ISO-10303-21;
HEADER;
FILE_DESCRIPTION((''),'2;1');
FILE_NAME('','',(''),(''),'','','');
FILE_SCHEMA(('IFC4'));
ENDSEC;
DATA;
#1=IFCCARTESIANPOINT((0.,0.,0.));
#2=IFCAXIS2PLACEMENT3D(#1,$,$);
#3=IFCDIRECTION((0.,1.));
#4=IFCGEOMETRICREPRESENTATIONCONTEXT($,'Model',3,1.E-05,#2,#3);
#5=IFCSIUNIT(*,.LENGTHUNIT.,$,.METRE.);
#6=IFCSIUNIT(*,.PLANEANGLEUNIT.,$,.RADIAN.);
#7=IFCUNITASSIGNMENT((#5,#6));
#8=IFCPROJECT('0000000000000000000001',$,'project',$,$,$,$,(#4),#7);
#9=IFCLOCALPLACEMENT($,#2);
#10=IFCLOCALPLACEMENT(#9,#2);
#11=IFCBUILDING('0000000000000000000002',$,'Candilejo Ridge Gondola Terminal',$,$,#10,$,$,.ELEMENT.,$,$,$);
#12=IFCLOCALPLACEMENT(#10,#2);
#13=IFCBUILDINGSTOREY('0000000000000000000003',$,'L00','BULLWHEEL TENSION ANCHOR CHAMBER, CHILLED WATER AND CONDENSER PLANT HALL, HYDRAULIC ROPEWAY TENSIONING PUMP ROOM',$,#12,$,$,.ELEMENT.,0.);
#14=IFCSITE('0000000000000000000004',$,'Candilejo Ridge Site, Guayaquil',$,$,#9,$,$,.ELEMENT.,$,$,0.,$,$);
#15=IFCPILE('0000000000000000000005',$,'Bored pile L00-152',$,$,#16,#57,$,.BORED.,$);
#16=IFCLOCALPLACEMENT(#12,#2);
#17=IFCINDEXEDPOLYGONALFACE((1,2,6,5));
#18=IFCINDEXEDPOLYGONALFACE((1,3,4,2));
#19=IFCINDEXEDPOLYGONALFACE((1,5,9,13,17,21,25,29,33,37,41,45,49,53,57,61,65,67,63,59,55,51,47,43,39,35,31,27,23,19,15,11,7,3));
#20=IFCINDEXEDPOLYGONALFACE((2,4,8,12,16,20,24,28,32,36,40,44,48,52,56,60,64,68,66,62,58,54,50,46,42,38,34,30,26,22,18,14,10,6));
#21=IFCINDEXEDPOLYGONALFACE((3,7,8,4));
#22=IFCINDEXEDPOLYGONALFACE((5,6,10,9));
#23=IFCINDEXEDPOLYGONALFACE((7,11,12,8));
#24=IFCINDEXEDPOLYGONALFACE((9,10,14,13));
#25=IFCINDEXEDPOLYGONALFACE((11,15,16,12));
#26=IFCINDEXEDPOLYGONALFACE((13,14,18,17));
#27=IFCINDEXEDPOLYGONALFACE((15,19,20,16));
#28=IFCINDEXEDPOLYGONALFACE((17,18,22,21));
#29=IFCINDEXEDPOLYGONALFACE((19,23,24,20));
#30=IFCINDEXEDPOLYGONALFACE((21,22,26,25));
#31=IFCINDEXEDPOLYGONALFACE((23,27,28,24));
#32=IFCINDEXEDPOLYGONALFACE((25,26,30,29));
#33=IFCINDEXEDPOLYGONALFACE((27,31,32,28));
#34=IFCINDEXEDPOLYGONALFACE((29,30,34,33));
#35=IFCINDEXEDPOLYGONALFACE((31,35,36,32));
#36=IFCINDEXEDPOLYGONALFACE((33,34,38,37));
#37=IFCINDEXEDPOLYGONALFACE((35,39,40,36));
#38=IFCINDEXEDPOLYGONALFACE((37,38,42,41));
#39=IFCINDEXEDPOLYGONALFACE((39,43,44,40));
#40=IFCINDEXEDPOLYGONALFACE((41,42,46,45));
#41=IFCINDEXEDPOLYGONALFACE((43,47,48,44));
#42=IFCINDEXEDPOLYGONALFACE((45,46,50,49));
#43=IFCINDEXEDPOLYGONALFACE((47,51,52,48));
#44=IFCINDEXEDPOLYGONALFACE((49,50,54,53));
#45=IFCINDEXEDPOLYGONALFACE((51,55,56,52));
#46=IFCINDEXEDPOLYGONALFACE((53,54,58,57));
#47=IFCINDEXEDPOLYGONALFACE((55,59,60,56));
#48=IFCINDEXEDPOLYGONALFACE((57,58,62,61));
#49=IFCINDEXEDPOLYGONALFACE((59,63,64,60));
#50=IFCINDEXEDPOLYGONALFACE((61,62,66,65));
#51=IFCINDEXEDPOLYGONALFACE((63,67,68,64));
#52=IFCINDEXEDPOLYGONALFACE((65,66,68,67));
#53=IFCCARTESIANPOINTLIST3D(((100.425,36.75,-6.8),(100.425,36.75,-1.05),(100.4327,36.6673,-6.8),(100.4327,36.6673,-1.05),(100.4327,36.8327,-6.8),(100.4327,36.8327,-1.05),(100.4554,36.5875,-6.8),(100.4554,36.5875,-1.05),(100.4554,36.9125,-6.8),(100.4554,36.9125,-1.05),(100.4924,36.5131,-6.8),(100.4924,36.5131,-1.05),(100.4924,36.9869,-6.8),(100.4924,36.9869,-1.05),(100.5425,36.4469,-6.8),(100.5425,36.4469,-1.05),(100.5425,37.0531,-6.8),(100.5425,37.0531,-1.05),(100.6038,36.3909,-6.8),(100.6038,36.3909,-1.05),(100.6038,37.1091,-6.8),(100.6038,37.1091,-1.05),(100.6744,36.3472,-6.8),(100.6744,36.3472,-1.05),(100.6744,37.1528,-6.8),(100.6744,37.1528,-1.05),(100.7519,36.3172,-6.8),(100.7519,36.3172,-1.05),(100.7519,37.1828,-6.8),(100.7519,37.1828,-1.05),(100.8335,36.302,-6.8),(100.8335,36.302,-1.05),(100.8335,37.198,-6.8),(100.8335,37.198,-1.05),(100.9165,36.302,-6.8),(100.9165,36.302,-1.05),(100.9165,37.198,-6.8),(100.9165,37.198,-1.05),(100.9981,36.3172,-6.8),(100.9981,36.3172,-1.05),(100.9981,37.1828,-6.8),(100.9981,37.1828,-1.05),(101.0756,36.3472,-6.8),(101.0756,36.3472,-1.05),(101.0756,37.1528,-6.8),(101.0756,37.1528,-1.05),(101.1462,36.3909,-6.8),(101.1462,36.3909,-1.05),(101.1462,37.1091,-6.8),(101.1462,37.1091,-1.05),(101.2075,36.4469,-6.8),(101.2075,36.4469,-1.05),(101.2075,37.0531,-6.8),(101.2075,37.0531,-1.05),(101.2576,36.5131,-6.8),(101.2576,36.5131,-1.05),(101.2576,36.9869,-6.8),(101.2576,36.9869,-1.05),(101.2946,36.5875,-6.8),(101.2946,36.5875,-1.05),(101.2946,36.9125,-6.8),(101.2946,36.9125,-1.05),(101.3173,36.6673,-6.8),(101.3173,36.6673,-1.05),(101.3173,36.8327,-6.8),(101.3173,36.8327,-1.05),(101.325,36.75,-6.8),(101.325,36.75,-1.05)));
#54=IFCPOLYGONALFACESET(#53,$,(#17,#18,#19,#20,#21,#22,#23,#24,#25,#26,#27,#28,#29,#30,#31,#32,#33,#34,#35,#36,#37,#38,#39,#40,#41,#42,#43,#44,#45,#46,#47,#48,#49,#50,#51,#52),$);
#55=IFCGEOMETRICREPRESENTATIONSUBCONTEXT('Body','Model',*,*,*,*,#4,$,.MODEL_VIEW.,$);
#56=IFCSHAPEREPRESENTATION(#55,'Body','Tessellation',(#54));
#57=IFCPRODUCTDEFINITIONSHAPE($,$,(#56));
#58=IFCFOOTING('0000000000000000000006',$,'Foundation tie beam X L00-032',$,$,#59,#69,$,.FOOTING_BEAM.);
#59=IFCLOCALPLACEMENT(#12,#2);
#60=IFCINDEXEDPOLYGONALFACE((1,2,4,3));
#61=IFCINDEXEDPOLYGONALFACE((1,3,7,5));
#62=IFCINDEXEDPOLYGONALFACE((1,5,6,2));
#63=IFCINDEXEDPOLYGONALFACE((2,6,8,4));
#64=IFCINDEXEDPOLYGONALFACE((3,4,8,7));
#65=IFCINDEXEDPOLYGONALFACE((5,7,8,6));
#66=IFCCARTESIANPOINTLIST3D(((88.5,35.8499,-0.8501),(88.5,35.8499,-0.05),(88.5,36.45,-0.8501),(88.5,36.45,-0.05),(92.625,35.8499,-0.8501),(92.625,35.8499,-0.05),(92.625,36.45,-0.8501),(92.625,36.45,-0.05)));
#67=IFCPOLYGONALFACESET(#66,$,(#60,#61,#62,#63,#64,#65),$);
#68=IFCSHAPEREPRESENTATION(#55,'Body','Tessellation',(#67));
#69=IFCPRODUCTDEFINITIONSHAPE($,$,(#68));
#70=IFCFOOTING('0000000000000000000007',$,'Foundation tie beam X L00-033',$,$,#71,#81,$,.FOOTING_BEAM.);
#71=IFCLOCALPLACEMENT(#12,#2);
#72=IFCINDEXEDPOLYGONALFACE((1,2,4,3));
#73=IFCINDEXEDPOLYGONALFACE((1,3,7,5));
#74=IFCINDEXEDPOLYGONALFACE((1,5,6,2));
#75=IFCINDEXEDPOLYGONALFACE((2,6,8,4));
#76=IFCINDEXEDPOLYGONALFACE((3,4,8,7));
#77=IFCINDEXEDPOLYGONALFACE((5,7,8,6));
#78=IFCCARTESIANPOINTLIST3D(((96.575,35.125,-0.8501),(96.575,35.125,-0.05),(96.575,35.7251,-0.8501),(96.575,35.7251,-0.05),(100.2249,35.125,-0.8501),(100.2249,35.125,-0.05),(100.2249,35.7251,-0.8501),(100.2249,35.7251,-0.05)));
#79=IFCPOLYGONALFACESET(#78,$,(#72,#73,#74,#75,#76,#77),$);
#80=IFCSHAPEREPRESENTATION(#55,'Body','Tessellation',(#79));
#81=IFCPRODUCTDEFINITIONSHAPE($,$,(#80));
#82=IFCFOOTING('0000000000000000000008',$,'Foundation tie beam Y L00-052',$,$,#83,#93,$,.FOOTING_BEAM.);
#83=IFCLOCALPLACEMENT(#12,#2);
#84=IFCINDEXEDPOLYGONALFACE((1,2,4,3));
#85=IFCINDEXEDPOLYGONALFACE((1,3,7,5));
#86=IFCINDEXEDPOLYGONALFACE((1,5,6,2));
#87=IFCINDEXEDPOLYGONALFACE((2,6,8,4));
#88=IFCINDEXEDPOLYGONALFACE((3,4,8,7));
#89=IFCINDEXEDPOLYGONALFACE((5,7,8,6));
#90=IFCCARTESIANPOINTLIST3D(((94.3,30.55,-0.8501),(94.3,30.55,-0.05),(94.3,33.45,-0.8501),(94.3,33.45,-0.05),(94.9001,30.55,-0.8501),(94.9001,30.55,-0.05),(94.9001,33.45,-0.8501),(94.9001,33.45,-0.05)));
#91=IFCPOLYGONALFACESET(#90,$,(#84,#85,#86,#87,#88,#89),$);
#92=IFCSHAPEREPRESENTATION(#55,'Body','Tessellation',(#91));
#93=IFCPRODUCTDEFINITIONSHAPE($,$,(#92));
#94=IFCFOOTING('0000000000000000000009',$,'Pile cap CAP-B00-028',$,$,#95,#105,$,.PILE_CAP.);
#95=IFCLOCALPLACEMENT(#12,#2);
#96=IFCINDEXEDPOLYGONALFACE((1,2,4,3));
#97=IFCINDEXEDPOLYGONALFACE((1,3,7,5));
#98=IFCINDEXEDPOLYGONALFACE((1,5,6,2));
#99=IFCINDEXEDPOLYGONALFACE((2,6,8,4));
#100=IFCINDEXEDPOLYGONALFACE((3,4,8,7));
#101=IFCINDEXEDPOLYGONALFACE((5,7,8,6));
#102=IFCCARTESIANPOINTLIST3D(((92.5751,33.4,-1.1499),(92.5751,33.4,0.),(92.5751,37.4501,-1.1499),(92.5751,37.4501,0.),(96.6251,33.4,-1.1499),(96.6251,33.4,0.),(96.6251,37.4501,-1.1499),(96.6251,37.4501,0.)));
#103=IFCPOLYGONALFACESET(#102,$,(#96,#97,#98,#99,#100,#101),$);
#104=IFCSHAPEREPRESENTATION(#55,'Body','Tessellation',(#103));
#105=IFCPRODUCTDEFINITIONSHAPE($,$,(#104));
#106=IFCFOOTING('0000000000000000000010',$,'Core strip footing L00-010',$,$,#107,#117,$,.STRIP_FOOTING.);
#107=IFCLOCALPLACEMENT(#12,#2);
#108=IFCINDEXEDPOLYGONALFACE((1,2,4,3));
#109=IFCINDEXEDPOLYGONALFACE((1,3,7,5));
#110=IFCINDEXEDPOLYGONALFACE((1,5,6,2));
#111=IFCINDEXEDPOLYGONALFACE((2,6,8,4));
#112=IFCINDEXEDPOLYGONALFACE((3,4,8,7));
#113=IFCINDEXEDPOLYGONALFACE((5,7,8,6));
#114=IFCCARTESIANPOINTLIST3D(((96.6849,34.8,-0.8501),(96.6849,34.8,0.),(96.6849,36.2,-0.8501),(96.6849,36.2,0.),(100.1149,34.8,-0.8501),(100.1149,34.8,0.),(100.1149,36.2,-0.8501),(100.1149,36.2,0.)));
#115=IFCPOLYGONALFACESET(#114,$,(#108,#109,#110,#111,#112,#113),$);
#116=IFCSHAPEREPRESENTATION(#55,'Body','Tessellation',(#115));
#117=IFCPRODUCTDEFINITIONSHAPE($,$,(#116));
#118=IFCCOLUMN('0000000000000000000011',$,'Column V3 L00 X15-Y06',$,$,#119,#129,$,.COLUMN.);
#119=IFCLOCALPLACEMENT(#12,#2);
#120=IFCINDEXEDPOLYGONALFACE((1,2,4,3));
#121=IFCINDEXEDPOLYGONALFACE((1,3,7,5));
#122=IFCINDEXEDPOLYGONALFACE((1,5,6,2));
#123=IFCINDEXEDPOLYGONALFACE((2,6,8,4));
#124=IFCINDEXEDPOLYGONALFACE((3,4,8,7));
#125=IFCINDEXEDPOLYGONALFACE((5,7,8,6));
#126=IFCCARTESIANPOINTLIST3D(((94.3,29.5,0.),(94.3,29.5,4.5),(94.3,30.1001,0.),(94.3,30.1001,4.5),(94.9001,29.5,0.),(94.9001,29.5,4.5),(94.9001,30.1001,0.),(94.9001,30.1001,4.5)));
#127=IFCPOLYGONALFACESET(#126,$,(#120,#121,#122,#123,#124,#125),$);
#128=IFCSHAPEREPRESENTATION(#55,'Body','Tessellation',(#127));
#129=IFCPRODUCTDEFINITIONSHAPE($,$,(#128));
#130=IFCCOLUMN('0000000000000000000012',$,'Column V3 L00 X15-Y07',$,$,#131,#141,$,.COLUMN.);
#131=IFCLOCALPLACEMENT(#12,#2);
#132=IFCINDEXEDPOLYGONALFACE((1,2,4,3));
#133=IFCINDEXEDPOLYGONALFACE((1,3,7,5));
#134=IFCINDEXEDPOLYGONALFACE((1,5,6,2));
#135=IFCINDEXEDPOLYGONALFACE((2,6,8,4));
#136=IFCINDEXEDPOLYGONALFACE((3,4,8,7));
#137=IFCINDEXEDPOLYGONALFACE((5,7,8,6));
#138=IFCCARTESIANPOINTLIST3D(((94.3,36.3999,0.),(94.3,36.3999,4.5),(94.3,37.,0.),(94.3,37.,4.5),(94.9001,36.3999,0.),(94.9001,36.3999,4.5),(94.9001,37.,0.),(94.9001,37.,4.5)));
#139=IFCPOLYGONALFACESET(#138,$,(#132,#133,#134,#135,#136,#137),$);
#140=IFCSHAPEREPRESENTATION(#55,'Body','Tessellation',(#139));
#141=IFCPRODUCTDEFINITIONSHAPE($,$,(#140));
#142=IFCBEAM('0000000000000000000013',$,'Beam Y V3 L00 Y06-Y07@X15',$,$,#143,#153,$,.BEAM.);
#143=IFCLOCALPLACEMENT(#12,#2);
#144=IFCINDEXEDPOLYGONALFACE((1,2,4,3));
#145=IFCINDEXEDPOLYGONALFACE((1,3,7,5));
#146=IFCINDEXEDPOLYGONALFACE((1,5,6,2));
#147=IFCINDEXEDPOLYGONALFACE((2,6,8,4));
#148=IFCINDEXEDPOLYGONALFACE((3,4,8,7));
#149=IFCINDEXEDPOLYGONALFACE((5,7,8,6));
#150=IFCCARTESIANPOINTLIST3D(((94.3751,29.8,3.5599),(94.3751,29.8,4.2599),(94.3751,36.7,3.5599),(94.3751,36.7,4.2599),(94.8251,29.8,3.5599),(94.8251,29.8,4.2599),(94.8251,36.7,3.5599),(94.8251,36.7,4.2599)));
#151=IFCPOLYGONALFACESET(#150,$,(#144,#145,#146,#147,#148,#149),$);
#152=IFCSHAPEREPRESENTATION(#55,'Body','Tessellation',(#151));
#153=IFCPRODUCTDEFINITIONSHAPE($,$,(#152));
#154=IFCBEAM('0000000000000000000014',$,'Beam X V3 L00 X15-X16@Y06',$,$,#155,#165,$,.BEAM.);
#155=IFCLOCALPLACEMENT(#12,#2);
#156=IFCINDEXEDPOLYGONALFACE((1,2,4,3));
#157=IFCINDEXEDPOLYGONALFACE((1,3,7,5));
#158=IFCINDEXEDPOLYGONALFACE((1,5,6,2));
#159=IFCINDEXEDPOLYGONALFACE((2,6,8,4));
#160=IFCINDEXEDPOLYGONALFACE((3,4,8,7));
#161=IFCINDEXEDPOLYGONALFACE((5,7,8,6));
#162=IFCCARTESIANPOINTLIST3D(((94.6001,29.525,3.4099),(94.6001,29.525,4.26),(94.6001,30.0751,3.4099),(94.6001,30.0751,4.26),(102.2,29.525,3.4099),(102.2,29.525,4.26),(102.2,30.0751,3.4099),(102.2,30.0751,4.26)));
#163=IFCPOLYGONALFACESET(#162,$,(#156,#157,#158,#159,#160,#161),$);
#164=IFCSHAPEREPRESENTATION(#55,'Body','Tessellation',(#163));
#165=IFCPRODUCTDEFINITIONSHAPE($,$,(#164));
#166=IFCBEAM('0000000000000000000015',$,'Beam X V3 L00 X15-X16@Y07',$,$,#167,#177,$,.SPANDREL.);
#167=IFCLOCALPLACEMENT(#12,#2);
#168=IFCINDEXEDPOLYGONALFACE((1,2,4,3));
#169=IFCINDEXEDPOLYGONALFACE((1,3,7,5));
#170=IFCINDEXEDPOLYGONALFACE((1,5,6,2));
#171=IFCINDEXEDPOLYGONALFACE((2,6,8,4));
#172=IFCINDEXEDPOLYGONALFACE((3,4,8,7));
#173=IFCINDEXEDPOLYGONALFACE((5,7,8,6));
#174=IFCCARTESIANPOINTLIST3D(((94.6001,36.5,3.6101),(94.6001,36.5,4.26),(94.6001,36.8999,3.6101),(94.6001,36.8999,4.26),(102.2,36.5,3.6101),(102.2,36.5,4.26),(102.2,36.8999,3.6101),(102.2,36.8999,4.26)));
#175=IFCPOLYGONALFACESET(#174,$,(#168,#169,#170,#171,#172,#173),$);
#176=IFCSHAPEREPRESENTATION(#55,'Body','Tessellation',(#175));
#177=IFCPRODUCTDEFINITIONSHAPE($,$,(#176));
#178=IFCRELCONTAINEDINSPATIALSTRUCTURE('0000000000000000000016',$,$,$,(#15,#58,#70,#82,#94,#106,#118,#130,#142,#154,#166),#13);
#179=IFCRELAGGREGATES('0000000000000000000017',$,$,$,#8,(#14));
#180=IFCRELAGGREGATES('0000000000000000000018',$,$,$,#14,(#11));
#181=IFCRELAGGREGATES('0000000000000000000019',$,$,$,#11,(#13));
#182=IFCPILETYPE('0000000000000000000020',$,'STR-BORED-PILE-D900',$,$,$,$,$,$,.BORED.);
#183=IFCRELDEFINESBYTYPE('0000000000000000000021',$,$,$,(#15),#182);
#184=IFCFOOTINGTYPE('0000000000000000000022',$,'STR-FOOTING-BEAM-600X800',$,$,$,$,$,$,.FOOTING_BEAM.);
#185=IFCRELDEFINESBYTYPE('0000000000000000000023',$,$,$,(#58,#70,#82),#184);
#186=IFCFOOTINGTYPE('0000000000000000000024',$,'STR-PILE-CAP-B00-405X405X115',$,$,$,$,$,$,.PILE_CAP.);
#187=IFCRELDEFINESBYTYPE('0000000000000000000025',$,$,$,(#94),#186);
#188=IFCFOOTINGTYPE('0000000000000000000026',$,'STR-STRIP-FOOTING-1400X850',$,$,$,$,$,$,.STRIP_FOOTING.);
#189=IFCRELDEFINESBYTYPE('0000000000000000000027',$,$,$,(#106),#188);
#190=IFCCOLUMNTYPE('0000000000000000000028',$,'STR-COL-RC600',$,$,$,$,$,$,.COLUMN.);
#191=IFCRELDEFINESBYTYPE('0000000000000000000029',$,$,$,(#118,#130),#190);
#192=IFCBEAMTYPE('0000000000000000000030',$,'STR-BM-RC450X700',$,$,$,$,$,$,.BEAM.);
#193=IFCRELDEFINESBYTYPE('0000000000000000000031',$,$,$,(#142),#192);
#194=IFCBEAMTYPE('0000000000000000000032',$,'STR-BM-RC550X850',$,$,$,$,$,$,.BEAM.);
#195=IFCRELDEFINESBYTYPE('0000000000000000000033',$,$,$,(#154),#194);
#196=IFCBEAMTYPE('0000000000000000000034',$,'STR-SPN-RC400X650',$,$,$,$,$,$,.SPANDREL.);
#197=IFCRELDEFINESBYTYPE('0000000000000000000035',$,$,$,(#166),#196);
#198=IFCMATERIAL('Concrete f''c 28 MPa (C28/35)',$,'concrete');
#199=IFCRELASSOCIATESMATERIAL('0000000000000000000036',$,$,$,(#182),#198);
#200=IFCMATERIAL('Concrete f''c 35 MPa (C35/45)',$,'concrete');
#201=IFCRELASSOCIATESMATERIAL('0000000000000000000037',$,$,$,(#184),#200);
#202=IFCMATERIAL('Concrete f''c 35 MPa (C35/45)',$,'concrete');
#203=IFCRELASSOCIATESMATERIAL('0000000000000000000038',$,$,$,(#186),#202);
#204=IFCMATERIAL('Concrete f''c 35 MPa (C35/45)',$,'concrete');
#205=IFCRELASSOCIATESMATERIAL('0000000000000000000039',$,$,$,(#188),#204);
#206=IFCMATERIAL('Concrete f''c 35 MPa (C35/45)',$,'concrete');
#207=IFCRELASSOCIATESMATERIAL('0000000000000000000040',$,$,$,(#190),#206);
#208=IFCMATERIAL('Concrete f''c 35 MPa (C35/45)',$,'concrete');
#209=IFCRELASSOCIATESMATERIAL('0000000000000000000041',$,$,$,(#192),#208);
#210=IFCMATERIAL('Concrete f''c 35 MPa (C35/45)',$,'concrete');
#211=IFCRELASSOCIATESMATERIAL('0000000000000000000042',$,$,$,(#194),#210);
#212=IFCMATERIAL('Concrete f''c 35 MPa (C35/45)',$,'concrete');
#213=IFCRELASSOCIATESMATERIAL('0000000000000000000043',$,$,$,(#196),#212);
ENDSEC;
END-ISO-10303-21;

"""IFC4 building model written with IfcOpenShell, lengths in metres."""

from ifc_helpers import new_model, si_unit, direction, frame, origin, origin_2d, place, context, subcontext, project, spatial, rectangle, circle, extrude, material, material_profile, profile_set, type_object, element, save


model = new_model("IFC4")

# Units and contexts
model_context = context("Model", 3, precision=1e-05, world=origin(), true_north=direction((0.0, 1.0)))
body_context = subcontext(model_context, "Body", "Model", "MODEL_VIEW")
ifc_project = project(units=[si_unit("LENGTHUNIT", "METRE"), si_unit("PLANEANGLEUNIT", "RADIAN")], contexts=[model_context])

# Site, building, storey
site_placement = place(None, origin())
site = spatial("IfcSite", under=ifc_project, at=site_placement, Name="Candilejo Ridge Site, Guayaquil", CompositionType="ELEMENT", RefElevation=0.0)
building_placement = place(site_placement, origin())
building = spatial("IfcBuilding", under=site, at=building_placement, Name="Candilejo Ridge Gondola Terminal", CompositionType="ELEMENT")
storey_placement = place(building_placement, origin())
storey = spatial("IfcBuildingStorey", under=building, at=storey_placement, Name="L00", Description="BULLWHEEL TENSION ANCHOR CHAMBER, CHILLED WATER AND CONDENSER PLANT HALL, HYDRAULIC ROPEWAY TENSIONING PUMP ROOM", CompositionType="ELEMENT", Elevation=0.0)

# Pile
ifc_material_1 = material(Name="Concrete f'c 28 MPa (C28/35)", Category="concrete")
ifc_material_profile_1 = material_profile(ifc_material_1, circle(Radius=0.45, at=origin_2d()))
ifc_profile_set_1 = profile_set([ifc_material_profile_1], Name="Concrete f'c 28 MPa (C28/35)")
pile_type = type_object("IfcPileType", Name="STR-BORED-PILE-D900", PredefinedType="BORED", material=ifc_profile_set_1)
for number, where, z_axis, x_axis, name in (
    (1, (100.875, 36.75, -1.05), (0.0, 0.0, -1.0), (1.0, 0.0, 0.0), "Bored pile L00-152"),
):
    element("IfcPile", number, at=place(storey_placement, frame(where, z_axis=z_axis, x_axis=x_axis)), inside=storey, type_object=pile_type, Name=name, PredefinedType="BORED", context=body_context, shape_type="SweptSolid", body=[
        extrude(circle(Radius=0.45, at=origin_2d()), origin(), (0.0, 0.0, 1.0), 5.75),
    ])

# Footings
ifc_material_2 = material(Name="Concrete f'c 35 MPa (C35/45)", Category="concrete")
footing_type_1 = type_object("IfcFootingType", Name="STR-FOOTING-BEAM-600X800", PredefinedType="FOOTING_BEAM", material=ifc_material_2)
footing_1_placement = place(storey_placement, frame((90.5625, 36.1499, -0.8501), z_axis=(0.0, 0.0, 1.0), x_axis=(1.0, 0.0, 0.0)))
element("IfcFooting", 2, at=footing_1_placement, inside=storey, type_object=footing_type_1, Name="Foundation tie beam X L00-032", PredefinedType="FOOTING_BEAM", context=body_context, shape_type="SweptSolid", body=[
    extrude(rectangle(XDim=4.125, YDim=0.6001, at=origin_2d()), origin(), (0.0, 0.0, 1.0), 0.8),
])
footing_2_placement = place(storey_placement, frame((98.3999, 35.425, -0.8501), z_axis=(0.0, 0.0, 1.0), x_axis=(1.0, 0.0, 0.0)))
element("IfcFooting", 3, at=footing_2_placement, inside=storey, type_object=footing_type_1, Name="Foundation tie beam X L00-033", PredefinedType="FOOTING_BEAM", context=body_context, shape_type="SweptSolid", body=[
    extrude(rectangle(XDim=3.6499, YDim=0.6001, at=origin_2d()), origin(), (0.0, 0.0, 1.0), 0.8),
])
footing_3_placement = place(storey_placement, frame((94.6001, 32.0, -0.8501), z_axis=(0.0, 0.0, 1.0), x_axis=(1.0, 0.0, 0.0)))
element("IfcFooting", 4, at=footing_3_placement, inside=storey, type_object=footing_type_1, Name="Foundation tie beam Y L00-052", PredefinedType="FOOTING_BEAM", context=body_context, shape_type="SweptSolid", body=[
    extrude(rectangle(XDim=0.6001, YDim=2.8999, at=origin_2d()), origin(), (0.0, 0.0, 1.0), 0.8),
])
ifc_material_3 = material(Name="Concrete f'c 35 MPa (C35/45)", Category="concrete")
footing_type_2 = type_object("IfcFootingType", Name="STR-PILE-CAP-B00-405X405X115", PredefinedType="PILE_CAP", material=ifc_material_3)
footing_4_placement = place(storey_placement, frame((94.6001, 35.425, -1.1499), z_axis=(0.0, 0.0, 1.0), x_axis=(1.0, 0.0, 0.0)))
element("IfcFooting", 5, at=footing_4_placement, inside=storey, type_object=footing_type_2, Name="Pile cap CAP-B00-028", PredefinedType="PILE_CAP", context=body_context, shape_type="SweptSolid", body=[
    extrude(rectangle(XDim=4.05, YDim=4.05, at=origin_2d()), origin(), (0.0, 0.0, 1.0), 1.1499),
])
ifc_material_4 = material(Name="Concrete f'c 35 MPa (C35/45)", Category="concrete")
footing_type_3 = type_object("IfcFootingType", Name="STR-STRIP-FOOTING-1400X850", PredefinedType="STRIP_FOOTING", material=ifc_material_4)
footing_5_placement = place(storey_placement, frame((98.3999, 35.5, -0.8501), z_axis=(0.0, 0.0, 1.0), x_axis=(1.0, 0.0, 0.0)))
element("IfcFooting", 6, at=footing_5_placement, inside=storey, type_object=footing_type_3, Name="Core strip footing L00-010", PredefinedType="STRIP_FOOTING", context=body_context, shape_type="SweptSolid", body=[
    extrude(rectangle(XDim=3.4299, YDim=1.3999, at=origin_2d()), origin(), (0.0, 0.0, 1.0), 0.8501),
])

# Columns
ifc_material_5 = material(Name="Concrete f'c 35 MPa (C35/45)", Category="concrete")
ifc_material_profile_2 = material_profile(ifc_material_5, rectangle(XDim=0.6001, YDim=0.6001, at=origin_2d()))
ifc_profile_set_2 = profile_set([ifc_material_profile_2], Name="Concrete f'c 35 MPa (C35/45)")
column_type = type_object("IfcColumnType", Name="STR-COL-RC600", PredefinedType="COLUMN", material=ifc_profile_set_2)
for number, where, z_axis, x_axis, name in (
    (7, (94.6001, 29.8, 0.0), (0.0, 0.0, 1.0), (1.0, 0.0, 0.0), "Column V3 L00 X15-Y06"),
    (8, (94.6001, 36.7, 0.0), (0.0, 0.0, 1.0), (1.0, 0.0, 0.0), "Column V3 L00 X15-Y07"),
):
    element("IfcColumn", number, at=place(storey_placement, frame(where, z_axis=z_axis, x_axis=x_axis)), inside=storey, type_object=column_type, Name=name, PredefinedType="COLUMN", context=body_context, shape_type="SweptSolid", body=[
        extrude(rectangle(XDim=0.6001, YDim=0.6001, at=origin_2d()), origin(), (0.0, 0.0, 1.0), 4.5),
    ])

# Beams
ifc_material_6 = material(Name="Concrete f'c 35 MPa (C35/45)", Category="concrete")
ifc_material_profile_3 = material_profile(ifc_material_6, rectangle(XDim=0.45, YDim=0.7, at=origin_2d()))
ifc_profile_set_3 = profile_set([ifc_material_profile_3], Name="Concrete f'c 35 MPa (C35/45)")
beam_type_1 = type_object("IfcBeamType", Name="STR-BM-RC450X700", PredefinedType="BEAM", material=ifc_profile_set_3)
beam_1_placement = place(storey_placement, frame((94.6001, 29.8, 3.9099), z_axis=(0.0, 1.0, 0.0), x_axis=(-1.0, 0.0, 0.0)))
element("IfcBeam", 9, at=beam_1_placement, inside=storey, type_object=beam_type_1, Name="Beam Y V3 L00 Y06-Y07@X15", PredefinedType="BEAM", context=body_context, shape_type="SweptSolid", body=[
    extrude(rectangle(XDim=0.45, YDim=0.7, at=origin_2d()), origin(), (0.0, 0.0, 1.0), 6.8999),
])
ifc_material_7 = material(Name="Concrete f'c 35 MPa (C35/45)", Category="concrete")
ifc_material_profile_4 = material_profile(ifc_material_7, rectangle(XDim=0.55, YDim=0.8501, at=origin_2d()))
ifc_profile_set_4 = profile_set([ifc_material_profile_4], Name="Concrete f'c 35 MPa (C35/45)")
beam_type_2 = type_object("IfcBeamType", Name="STR-BM-RC550X850", PredefinedType="BEAM", material=ifc_profile_set_4)
beam_2_placement = place(storey_placement, frame((94.6001, 29.8, 3.835), z_axis=(1.0, 0.0, 0.0), x_axis=(0.0, 1.0, 0.0)))
element("IfcBeam", 10, at=beam_2_placement, inside=storey, type_object=beam_type_2, Name="Beam X V3 L00 X15-X16@Y06", PredefinedType="BEAM", context=body_context, shape_type="SweptSolid", body=[
    extrude(rectangle(XDim=0.55, YDim=0.8501, at=origin_2d()), origin(), (0.0, 0.0, 1.0), 7.5999),
])
ifc_material_8 = material(Name="Concrete f'c 35 MPa (C35/45)", Category="concrete")
ifc_material_profile_5 = material_profile(ifc_material_8, rectangle(XDim=0.3999, YDim=0.6499, at=origin_2d()))
ifc_profile_set_5 = profile_set([ifc_material_profile_5], Name="Concrete f'c 35 MPa (C35/45)")
beam_type_3 = type_object("IfcBeamType", Name="STR-SPN-RC400X650", PredefinedType="SPANDREL", material=ifc_profile_set_5)
beam_3_placement = place(storey_placement, frame((94.6001, 36.7, 3.9351), z_axis=(1.0, 0.0, 0.0), x_axis=(0.0, 1.0, 0.0)))
element("IfcBeam", 11, at=beam_3_placement, inside=storey, type_object=beam_type_3, Name="Beam X V3 L00 X15-X16@Y07", PredefinedType="SPANDREL", context=body_context, shape_type="SweptSolid", body=[
    extrude(rectangle(XDim=0.3999, YDim=0.6499, at=origin_2d()), origin(), (0.0, 0.0, 1.0), 7.5999),
])

save(model, "model.ifc")
